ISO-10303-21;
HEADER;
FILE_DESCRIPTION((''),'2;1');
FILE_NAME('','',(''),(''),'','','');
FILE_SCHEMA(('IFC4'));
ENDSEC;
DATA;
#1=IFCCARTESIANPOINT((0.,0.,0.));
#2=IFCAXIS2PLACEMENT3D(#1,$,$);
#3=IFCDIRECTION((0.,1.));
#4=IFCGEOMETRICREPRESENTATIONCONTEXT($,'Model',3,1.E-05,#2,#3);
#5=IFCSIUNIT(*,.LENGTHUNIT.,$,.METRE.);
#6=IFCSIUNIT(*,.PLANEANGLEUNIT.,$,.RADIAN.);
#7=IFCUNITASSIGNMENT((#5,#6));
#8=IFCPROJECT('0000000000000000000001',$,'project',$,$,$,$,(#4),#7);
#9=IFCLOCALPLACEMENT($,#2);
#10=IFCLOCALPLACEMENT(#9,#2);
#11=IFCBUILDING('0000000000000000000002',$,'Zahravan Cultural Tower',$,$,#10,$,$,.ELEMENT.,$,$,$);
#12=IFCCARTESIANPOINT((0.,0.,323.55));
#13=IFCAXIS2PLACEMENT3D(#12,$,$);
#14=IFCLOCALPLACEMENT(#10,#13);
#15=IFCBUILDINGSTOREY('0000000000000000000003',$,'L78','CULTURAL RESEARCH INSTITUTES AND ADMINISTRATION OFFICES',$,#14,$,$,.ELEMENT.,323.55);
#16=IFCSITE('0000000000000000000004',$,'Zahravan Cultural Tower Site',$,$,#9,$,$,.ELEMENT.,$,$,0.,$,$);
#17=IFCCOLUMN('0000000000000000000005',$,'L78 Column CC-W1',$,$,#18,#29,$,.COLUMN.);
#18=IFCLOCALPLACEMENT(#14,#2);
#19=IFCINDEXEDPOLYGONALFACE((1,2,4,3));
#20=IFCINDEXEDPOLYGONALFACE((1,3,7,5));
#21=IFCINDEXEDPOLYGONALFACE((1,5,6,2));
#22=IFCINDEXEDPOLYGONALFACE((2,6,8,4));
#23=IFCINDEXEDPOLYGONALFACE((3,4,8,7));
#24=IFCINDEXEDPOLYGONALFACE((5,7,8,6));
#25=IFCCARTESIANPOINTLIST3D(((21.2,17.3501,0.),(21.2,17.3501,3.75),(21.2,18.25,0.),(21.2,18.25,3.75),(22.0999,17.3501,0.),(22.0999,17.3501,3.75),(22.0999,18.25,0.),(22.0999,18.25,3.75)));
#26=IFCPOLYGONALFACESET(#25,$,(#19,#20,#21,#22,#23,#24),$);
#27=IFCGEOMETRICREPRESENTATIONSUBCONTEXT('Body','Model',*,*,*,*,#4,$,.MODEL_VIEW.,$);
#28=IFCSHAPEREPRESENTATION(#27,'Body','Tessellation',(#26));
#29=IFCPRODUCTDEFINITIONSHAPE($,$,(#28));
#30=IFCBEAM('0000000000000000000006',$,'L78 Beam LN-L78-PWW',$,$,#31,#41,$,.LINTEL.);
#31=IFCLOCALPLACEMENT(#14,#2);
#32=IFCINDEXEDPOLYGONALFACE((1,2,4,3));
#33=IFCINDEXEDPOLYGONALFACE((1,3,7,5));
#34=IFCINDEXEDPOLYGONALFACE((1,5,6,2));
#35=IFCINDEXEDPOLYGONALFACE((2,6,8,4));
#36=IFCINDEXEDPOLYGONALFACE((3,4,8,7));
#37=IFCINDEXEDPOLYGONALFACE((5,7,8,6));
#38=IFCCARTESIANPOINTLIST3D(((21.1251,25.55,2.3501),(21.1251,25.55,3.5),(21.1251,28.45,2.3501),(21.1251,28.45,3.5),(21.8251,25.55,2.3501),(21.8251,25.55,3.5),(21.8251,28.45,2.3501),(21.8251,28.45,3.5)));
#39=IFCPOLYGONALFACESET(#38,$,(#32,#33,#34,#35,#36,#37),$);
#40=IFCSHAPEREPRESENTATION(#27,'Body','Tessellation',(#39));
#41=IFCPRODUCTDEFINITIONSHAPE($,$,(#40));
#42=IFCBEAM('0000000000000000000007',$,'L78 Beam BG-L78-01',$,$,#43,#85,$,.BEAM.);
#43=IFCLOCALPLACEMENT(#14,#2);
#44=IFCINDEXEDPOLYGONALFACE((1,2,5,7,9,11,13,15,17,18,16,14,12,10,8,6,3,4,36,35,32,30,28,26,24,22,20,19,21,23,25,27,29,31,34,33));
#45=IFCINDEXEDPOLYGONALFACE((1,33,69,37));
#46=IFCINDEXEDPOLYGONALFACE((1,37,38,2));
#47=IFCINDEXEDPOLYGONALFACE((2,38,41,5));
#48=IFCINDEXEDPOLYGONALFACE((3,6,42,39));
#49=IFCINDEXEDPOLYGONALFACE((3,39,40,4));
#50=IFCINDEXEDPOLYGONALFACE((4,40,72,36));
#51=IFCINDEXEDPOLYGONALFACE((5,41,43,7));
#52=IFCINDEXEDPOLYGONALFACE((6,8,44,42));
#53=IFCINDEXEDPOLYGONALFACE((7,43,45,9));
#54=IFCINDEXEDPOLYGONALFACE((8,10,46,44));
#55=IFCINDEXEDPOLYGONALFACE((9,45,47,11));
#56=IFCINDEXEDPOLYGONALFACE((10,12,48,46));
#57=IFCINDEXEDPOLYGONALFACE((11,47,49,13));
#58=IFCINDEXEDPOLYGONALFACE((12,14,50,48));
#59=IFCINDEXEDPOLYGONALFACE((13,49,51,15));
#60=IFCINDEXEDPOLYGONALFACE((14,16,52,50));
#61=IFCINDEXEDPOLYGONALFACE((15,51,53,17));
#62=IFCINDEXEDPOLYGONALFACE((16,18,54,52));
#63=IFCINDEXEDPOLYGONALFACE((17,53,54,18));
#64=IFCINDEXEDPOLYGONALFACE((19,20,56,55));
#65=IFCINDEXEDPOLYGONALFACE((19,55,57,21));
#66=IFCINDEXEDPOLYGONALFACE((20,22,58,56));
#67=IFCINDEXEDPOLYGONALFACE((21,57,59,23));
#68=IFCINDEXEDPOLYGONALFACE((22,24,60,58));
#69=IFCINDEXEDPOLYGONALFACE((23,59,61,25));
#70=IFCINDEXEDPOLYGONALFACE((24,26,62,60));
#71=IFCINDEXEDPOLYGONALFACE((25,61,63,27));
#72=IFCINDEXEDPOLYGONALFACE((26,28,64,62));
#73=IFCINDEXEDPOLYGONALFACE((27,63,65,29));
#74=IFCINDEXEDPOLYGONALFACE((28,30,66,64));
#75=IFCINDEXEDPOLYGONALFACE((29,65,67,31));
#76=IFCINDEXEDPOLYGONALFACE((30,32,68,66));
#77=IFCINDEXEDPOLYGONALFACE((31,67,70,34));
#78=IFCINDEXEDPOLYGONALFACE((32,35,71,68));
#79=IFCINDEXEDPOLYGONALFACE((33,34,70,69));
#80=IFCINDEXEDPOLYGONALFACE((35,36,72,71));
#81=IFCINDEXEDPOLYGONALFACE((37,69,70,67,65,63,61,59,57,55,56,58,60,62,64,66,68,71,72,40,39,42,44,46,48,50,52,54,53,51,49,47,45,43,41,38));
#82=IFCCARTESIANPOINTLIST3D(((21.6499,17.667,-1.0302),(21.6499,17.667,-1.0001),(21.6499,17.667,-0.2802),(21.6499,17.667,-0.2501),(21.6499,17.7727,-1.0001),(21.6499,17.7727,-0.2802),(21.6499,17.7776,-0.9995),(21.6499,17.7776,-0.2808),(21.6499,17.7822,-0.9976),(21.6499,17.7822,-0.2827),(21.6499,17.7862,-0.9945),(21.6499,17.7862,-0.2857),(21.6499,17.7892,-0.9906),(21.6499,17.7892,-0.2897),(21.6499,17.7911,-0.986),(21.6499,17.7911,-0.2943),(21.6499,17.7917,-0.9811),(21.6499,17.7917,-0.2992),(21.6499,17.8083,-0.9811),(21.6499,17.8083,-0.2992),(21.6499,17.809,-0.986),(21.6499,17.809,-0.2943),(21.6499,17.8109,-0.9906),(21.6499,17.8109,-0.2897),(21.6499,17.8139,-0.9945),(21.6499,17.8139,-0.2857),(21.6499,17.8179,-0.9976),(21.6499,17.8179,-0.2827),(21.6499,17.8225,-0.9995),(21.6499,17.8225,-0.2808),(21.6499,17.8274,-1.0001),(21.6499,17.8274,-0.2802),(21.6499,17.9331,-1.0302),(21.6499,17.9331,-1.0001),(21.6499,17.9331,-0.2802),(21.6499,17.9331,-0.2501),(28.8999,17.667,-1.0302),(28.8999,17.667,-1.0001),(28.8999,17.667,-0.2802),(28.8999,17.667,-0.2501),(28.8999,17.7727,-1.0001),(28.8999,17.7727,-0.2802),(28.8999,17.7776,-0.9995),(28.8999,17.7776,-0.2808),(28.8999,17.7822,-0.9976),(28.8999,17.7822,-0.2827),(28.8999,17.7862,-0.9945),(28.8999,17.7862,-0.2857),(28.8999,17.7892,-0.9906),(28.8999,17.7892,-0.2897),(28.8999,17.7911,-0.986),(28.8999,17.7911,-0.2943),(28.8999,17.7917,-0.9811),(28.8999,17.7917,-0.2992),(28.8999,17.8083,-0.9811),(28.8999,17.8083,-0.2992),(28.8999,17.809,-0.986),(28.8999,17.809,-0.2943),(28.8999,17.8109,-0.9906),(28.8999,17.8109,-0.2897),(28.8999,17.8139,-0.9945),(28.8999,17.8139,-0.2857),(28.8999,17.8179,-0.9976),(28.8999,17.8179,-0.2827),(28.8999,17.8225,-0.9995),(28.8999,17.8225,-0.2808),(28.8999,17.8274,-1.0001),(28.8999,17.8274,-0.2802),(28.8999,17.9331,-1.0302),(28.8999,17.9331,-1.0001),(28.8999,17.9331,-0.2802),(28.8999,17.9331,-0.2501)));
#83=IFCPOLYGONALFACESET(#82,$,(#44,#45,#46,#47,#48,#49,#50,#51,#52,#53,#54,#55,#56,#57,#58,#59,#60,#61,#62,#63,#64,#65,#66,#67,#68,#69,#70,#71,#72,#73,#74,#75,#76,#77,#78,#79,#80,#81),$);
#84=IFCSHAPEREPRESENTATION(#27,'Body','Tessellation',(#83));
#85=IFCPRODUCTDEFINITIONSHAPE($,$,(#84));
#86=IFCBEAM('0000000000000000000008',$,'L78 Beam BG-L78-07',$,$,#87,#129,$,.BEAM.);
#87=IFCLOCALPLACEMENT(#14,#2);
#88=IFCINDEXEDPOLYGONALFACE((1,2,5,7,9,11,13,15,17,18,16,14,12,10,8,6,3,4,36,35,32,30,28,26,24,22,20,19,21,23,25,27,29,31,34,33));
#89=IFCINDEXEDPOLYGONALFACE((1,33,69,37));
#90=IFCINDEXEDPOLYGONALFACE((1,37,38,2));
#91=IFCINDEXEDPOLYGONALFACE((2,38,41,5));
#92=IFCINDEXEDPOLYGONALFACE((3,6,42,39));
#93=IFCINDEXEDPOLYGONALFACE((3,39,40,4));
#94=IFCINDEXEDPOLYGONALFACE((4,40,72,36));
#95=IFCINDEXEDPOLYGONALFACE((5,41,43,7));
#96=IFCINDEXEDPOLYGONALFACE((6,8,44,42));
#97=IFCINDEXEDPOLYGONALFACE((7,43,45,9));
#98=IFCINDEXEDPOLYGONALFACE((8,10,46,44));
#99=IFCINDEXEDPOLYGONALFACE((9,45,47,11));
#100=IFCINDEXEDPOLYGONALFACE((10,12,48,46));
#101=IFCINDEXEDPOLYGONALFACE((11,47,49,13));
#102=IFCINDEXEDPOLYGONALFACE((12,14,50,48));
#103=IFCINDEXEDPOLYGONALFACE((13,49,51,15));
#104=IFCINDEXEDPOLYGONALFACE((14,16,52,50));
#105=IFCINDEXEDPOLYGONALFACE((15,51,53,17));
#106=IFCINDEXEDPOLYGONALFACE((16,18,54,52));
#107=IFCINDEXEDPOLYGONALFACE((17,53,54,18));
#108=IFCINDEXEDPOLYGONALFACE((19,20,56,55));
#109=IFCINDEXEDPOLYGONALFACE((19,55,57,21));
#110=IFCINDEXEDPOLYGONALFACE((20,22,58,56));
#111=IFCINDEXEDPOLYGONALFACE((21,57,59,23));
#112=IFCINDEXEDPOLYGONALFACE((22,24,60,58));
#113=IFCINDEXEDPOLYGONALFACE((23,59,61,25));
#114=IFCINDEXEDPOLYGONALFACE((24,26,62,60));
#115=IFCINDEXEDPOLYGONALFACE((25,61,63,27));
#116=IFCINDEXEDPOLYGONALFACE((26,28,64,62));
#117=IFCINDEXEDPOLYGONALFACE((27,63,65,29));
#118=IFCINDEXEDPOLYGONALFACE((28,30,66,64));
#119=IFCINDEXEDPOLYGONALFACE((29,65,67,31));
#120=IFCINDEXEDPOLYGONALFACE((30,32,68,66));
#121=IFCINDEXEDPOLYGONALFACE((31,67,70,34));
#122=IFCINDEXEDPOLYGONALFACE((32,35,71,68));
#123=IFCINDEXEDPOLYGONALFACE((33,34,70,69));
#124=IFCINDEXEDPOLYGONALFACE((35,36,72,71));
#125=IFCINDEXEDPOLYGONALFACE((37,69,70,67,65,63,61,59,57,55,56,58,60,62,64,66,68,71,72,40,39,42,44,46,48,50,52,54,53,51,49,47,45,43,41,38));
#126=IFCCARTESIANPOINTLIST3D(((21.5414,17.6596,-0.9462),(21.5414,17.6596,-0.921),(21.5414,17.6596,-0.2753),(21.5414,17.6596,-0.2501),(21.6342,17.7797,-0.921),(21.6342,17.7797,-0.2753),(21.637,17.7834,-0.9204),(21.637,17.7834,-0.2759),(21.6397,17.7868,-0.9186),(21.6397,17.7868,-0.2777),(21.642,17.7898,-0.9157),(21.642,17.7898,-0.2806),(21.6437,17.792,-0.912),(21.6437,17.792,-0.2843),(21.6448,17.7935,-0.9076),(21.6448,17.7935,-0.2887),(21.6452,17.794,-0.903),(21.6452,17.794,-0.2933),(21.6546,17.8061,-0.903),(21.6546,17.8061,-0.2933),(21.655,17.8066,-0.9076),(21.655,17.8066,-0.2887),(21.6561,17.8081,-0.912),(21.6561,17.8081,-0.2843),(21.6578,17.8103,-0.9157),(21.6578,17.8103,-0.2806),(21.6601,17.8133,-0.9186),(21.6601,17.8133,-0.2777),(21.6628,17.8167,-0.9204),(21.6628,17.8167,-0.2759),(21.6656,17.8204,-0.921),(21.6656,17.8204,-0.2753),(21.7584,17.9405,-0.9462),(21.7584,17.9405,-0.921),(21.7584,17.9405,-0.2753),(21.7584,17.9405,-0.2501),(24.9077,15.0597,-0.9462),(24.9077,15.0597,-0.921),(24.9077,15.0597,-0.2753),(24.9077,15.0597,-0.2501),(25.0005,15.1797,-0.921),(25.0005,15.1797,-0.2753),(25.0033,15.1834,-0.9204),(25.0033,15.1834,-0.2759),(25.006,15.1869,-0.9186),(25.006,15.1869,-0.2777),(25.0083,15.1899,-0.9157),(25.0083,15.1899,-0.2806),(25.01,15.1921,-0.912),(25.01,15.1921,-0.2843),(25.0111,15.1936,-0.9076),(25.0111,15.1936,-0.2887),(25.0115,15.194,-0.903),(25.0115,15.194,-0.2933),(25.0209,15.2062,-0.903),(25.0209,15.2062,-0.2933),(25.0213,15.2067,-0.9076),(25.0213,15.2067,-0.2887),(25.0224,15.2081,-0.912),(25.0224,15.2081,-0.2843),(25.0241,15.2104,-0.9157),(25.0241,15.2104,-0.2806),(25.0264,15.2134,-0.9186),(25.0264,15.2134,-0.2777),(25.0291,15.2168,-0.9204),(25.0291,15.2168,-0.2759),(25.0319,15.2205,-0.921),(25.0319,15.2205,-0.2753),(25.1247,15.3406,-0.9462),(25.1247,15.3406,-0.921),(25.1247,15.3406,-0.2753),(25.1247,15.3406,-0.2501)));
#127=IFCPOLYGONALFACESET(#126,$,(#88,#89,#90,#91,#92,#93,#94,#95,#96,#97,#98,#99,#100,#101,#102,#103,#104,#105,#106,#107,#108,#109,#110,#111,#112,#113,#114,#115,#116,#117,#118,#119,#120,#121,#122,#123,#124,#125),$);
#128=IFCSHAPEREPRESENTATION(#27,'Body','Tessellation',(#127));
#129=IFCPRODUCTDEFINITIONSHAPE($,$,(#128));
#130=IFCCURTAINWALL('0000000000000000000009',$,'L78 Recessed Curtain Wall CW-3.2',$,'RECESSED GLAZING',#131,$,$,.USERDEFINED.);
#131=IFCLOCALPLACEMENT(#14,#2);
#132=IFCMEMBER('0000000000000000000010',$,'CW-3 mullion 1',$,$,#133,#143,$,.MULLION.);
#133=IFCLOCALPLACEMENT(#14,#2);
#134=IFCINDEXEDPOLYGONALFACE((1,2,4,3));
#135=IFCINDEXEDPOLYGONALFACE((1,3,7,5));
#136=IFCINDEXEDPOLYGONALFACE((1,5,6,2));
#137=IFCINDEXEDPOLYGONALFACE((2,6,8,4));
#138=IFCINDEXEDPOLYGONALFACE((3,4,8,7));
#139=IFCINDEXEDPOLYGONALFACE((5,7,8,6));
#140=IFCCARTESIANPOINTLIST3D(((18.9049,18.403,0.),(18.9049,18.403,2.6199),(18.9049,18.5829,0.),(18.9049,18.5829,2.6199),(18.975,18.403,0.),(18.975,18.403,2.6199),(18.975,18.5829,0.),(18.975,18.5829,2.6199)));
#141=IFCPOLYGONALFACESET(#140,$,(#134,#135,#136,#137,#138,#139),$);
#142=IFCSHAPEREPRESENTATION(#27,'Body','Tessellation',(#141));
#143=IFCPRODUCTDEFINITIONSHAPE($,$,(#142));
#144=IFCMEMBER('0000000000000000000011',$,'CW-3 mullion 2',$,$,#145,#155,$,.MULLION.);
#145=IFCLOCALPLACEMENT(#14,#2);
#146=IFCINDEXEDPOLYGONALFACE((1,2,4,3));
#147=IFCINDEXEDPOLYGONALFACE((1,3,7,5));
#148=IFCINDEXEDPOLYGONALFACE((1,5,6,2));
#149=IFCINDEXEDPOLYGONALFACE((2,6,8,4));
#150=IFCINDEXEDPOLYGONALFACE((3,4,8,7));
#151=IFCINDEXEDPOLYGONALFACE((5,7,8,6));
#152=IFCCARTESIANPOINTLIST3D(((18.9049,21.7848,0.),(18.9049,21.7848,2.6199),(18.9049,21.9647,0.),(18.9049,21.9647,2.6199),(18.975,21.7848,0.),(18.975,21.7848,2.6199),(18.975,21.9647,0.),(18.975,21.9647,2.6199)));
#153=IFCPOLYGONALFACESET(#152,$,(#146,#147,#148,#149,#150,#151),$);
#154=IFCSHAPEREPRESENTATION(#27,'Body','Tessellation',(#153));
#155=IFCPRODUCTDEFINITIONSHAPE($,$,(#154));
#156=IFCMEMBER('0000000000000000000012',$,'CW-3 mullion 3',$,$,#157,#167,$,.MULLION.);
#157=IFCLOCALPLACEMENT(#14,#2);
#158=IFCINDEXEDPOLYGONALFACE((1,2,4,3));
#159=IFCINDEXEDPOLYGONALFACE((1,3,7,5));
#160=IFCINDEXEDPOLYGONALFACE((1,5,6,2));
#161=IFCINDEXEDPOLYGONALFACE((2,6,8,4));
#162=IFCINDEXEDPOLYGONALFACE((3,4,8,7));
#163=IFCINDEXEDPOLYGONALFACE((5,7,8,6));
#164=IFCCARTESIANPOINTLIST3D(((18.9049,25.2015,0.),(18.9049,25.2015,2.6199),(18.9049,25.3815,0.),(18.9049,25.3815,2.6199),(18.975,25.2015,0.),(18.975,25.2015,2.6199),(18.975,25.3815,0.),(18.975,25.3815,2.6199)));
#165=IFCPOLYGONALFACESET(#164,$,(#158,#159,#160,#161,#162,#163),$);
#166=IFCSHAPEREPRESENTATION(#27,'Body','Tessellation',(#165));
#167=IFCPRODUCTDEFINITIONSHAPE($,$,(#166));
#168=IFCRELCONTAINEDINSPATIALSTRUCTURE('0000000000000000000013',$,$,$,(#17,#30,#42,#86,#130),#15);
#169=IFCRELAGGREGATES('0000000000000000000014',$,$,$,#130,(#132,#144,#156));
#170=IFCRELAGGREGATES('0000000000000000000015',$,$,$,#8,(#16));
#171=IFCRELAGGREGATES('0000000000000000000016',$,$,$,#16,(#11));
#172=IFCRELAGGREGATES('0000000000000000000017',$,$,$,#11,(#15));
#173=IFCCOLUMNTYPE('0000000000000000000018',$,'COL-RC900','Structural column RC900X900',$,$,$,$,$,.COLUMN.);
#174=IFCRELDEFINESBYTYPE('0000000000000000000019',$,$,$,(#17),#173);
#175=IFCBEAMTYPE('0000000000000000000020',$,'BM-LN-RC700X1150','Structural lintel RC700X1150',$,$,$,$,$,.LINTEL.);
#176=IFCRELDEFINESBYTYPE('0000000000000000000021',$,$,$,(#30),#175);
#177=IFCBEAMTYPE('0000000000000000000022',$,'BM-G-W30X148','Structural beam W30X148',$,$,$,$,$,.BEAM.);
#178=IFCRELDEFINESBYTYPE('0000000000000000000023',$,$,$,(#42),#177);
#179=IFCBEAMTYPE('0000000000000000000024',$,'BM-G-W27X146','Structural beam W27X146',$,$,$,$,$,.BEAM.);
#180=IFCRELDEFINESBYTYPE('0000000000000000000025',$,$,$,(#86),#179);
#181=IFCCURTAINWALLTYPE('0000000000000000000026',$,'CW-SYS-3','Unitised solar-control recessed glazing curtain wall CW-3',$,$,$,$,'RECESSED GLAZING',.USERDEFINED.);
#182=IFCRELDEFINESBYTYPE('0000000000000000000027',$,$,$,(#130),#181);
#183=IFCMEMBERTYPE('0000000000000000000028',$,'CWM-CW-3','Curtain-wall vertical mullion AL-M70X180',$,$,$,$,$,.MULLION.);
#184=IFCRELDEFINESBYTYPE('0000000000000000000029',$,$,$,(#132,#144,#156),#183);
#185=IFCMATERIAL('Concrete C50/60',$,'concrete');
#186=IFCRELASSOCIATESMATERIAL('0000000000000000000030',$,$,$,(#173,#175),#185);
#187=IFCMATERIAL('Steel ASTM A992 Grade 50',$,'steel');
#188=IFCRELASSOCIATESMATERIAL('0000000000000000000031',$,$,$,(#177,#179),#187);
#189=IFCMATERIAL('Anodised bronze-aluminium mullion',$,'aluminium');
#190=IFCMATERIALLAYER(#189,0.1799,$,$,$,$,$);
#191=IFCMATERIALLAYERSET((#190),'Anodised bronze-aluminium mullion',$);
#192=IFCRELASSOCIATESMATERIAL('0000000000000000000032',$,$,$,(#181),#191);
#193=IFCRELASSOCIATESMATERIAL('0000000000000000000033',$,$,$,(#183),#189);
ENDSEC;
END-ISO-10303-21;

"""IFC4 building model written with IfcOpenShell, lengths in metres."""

from ifc_helpers import new_model, si_unit, direction, frame, origin, origin_2d, place, context, subcontext, project, spatial, rectangle, i_section, extrude, source, transform, mapped, material, layer, layer_set, material_profile, profile_set, type_object, element, aggregate, save


model = new_model("IFC4")

# Units and contexts
model_context = context("Model", 3, precision=1e-05, world=origin(), true_north=direction((0.0, 1.0)))
body_context = subcontext(model_context, "Body", "Model", "MODEL_VIEW")
ifc_project = project(units=[si_unit("LENGTHUNIT", "METRE"), si_unit("PLANEANGLEUNIT", "RADIAN")], contexts=[model_context])

# Site, building, storey
site_placement = place(None, origin())
site = spatial("IfcSite", under=ifc_project, at=site_placement, Name="Zahravan Cultural Tower Site", CompositionType="ELEMENT", RefElevation=0.0)
building_placement = place(site_placement, origin())
building = spatial("IfcBuilding", under=site, at=building_placement, Name="Zahravan Cultural Tower", CompositionType="ELEMENT")
storey_placement = place(building_placement, frame((0.0, 0.0, 323.55)))
storey = spatial("IfcBuildingStorey", under=building, at=storey_placement, Name="L78", Description="CULTURAL RESEARCH INSTITUTES AND ADMINISTRATION OFFICES", CompositionType="ELEMENT", Elevation=323.55)

# Column
ifc_material_1 = material(Name="Concrete C50/60", Category="concrete")
ifc_material_profile_1 = material_profile(ifc_material_1, rectangle(XDim=0.8999, YDim=0.8999, at=origin_2d()), Name="RC900X900")
ifc_profile_set_1 = profile_set([ifc_material_profile_1], Name="Concrete C50/60")
column_type = type_object("IfcColumnType", Name="COL-RC900", Description="Structural column RC900X900", PredefinedType="COLUMN", material=ifc_profile_set_1)
shared_shape_1 = source(origin(), body_context, "Body", "SweptSolid", [
    extrude(rectangle(XDim=0.8999, YDim=0.8999, at=origin_2d()), origin(), (0.0, 0.0, 1.0), 3.75),
])
column_placement = place(storey_placement, frame((21.6499, 17.8, 0.0), z_axis=(0.0, 0.0, 1.0), x_axis=(1.0, 0.0, 0.0)))
element("IfcColumn", 1, at=column_placement, inside=storey, type_object=column_type, Name="L78 Column CC-W1", PredefinedType="COLUMN", context=body_context, shape_type="MappedRepresentation", body=[
    mapped(shared_shape_1, transform((0.0, 0.0, 0.0), x_axis=(1.0, 0.0, 0.0), y_axis=(0.0, 1.0, 0.0), z_axis=(0.0, 0.0, 1.0), scale=1.0)),
])

# Beams
ifc_material_profile_2 = material_profile(ifc_material_1, rectangle(XDim=0.7, YDim=1.1499, at=origin_2d()), Name="RC700X1150")
ifc_profile_set_2 = profile_set([ifc_material_profile_2], Name="Concrete C50/60")
beam_type_1 = type_object("IfcBeamType", Name="BM-LN-RC700X1150", Description="Structural lintel RC700X1150", PredefinedType="LINTEL", material=ifc_profile_set_2)
shared_shape_2 = source(origin(), body_context, "Body", "SweptSolid", [
    extrude(rectangle(XDim=0.7, YDim=1.1499, at=origin_2d()), origin(), (0.0, 0.0, 1.0), 2.8999),
])
beam_1_placement = place(storey_placement, frame((21.4751, 25.55, 2.925), z_axis=(0.0, 1.0, 0.0), x_axis=(-1.0, 0.0, 0.0)))
element("IfcBeam", 2, at=beam_1_placement, inside=storey, type_object=beam_type_1, Name="L78 Beam LN-L78-PWW", PredefinedType="LINTEL", context=body_context, shape_type="MappedRepresentation", body=[
    mapped(shared_shape_2, transform((0.0, 0.0, 0.0), x_axis=(1.0, 0.0, 0.0), y_axis=(0.0, 1.0, 0.0), z_axis=(0.0, 0.0, 1.0), scale=1.0)),
])
ifc_material_2 = material(Name="Steel ASTM A992 Grade 50", Category="steel")
ifc_material_profile_3 = material_profile(ifc_material_2, i_section(OverallWidth=0.2661, OverallDepth=0.78, WebThickness=0.0166, FlangeThickness=0.03, FilletRadius=0.019, at=origin_2d()), Name="W30X148")
ifc_profile_set_3 = profile_set([ifc_material_profile_3], Name="Steel ASTM A992 Grade 50")
beam_type_2 = type_object("IfcBeamType", Name="BM-G-W30X148", Description="Structural beam W30X148", PredefinedType="BEAM", material=ifc_profile_set_3)
shared_shape_3 = source(origin(), body_context, "Body", "SweptSolid", [
    extrude(i_section(OverallWidth=0.2661, OverallDepth=0.78, WebThickness=0.0166, FlangeThickness=0.03, FilletRadius=0.019, at=origin_2d()), origin(), (0.0, 0.0, 1.0), 7.25),
])
beam_2_placement = place(storey_placement, frame((21.6499, 17.8, -0.6401), z_axis=(1.0, 0.0, 0.0), x_axis=(0.0, 1.0, 0.0)))
element("IfcBeam", 3, at=beam_2_placement, inside=storey, type_object=beam_type_2, Name="L78 Beam BG-L78-01", PredefinedType="BEAM", context=body_context, shape_type="MappedRepresentation", body=[
    mapped(shared_shape_3, transform((0.0, 0.0, 0.0), x_axis=(1.0, 0.0, 0.0), y_axis=(0.0, 1.0, 0.0), z_axis=(0.0, 0.0, 1.0), scale=1.0)),
])
ifc_material_profile_4 = material_profile(ifc_material_2, i_section(OverallWidth=0.355, OverallDepth=0.696, WebThickness=0.0154, FlangeThickness=0.0251, FilletRadius=0.0181, at=origin_2d()), Name="W27X146")
ifc_profile_set_4 = profile_set([ifc_material_profile_4], Name="Steel ASTM A992 Grade 50")
beam_type_3 = type_object("IfcBeamType", Name="BM-G-W27X146", Description="Structural beam W27X146", PredefinedType="BEAM", material=ifc_profile_set_4)
shared_shape_4 = source(origin(), body_context, "Body", "SweptSolid", [
    extrude(i_section(OverallWidth=0.355, OverallDepth=0.696, WebThickness=0.0154, FlangeThickness=0.0251, FilletRadius=0.0181, at=origin_2d()), origin(), (0.0, 0.0, 1.0), 4.2534),
])
beam_3_placement = place(storey_placement, frame((21.6499, 17.8, -0.5981), z_axis=(0.791434, -0.611255, 0.0), x_axis=(0.611255, 0.791434, 0.0)))
element("IfcBeam", 4, at=beam_3_placement, inside=storey, type_object=beam_type_3, Name="L78 Beam BG-L78-07", PredefinedType="BEAM", context=body_context, shape_type="MappedRepresentation", body=[
    mapped(shared_shape_4, transform((0.0, 0.0, 0.0), x_axis=(1.0, 0.0, 0.0), y_axis=(0.0, 1.0, 0.0), z_axis=(0.0, 0.0, 1.0), scale=1.0)),
])

# Curtain wall, members
ifc_material_3 = material(Name="Anodised bronze-aluminium mullion", Category="aluminium")
ifc_layer_1 = layer(ifc_material_3, 0.1799)
ifc_layer_set_1 = layer_set([ifc_layer_1], Name="Anodised bronze-aluminium mullion")
curtain_wall_type = type_object("IfcCurtainWallType", Name="CW-SYS-3", Description="Unitised solar-control recessed glazing curtain wall CW-3", ElementType="RECESSED GLAZING", PredefinedType="USERDEFINED", material=ifc_layer_set_1)
curtain_wall_placement = place(storey_placement, origin())
curtain_wall = element("IfcCurtainWall", 5, at=curtain_wall_placement, inside=storey, type_object=curtain_wall_type, Name="L78 Recessed Curtain Wall CW-3.2", ObjectType="RECESSED GLAZING", PredefinedType="USERDEFINED")
ifc_material_profile_5 = material_profile(ifc_material_3, rectangle(XDim=0.0701, YDim=0.1799, at=origin_2d()), Name="AL-M70X180")
ifc_profile_set_5 = profile_set([ifc_material_profile_5], Name="Anodised bronze-aluminium mullion")
member_type_1 = type_object("IfcMemberType", Name="CWM-CW-3", Description="Curtain-wall vertical mullion AL-M70X180", PredefinedType="MULLION", material=ifc_profile_set_5)
shared_shape_5 = source(origin(), body_context, "Body", "SweptSolid", [
    extrude(rectangle(XDim=0.0701, YDim=0.1799, at=origin_2d()), origin(), (0.0, 0.0, 1.0), 2.6199),
])
member_1_placement = place(storey_placement, frame((18.9399, 18.4929, 0.0), z_axis=(0.0, 0.0, 1.0), x_axis=(-1.0, 0.0, 0.0)))
member_1 = element("IfcMember", 6, at=member_1_placement, type_object=member_type_1, Name="CW-3 mullion 1", PredefinedType="MULLION", context=body_context, shape_type="MappedRepresentation", body=[
    mapped(shared_shape_5, transform((0.0, 0.0, 0.0), x_axis=(1.0, 0.0, 0.0), y_axis=(0.0, 1.0, 0.0), z_axis=(0.0, 0.0, 1.0), scale=1.0)),
])
member_2_placement = place(storey_placement, frame((18.9399, 21.8748, 0.0), z_axis=(0.0, 0.0, 1.0), x_axis=(-1.0, 0.0, 0.0)))
member_2 = element("IfcMember", 7, at=member_2_placement, type_object=member_type_1, Name="CW-3 mullion 2", PredefinedType="MULLION", context=body_context, shape_type="MappedRepresentation", body=[
    mapped(shared_shape_5, transform((0.0, 0.0, 0.0), x_axis=(1.0, 0.0, 0.0), y_axis=(0.0, 1.0, 0.0), z_axis=(0.0, 0.0, 1.0), scale=1.0)),
])
member_3_placement = place(storey_placement, frame((18.9399, 25.2915, 0.0), z_axis=(0.0, 0.0, 1.0), x_axis=(-1.0, 0.0, 0.0)))
member_3 = element("IfcMember", 8, at=member_3_placement, type_object=member_type_1, Name="CW-3 mullion 3", PredefinedType="MULLION", context=body_context, shape_type="MappedRepresentation", body=[
    mapped(shared_shape_5, transform((0.0, 0.0, 0.0), x_axis=(1.0, 0.0, 0.0), y_axis=(0.0, 1.0, 0.0), z_axis=(0.0, 0.0, 1.0), scale=1.0)),
])

aggregate(curtain_wall, [member_1, member_2, member_3])

save(model, "model.ifc")
